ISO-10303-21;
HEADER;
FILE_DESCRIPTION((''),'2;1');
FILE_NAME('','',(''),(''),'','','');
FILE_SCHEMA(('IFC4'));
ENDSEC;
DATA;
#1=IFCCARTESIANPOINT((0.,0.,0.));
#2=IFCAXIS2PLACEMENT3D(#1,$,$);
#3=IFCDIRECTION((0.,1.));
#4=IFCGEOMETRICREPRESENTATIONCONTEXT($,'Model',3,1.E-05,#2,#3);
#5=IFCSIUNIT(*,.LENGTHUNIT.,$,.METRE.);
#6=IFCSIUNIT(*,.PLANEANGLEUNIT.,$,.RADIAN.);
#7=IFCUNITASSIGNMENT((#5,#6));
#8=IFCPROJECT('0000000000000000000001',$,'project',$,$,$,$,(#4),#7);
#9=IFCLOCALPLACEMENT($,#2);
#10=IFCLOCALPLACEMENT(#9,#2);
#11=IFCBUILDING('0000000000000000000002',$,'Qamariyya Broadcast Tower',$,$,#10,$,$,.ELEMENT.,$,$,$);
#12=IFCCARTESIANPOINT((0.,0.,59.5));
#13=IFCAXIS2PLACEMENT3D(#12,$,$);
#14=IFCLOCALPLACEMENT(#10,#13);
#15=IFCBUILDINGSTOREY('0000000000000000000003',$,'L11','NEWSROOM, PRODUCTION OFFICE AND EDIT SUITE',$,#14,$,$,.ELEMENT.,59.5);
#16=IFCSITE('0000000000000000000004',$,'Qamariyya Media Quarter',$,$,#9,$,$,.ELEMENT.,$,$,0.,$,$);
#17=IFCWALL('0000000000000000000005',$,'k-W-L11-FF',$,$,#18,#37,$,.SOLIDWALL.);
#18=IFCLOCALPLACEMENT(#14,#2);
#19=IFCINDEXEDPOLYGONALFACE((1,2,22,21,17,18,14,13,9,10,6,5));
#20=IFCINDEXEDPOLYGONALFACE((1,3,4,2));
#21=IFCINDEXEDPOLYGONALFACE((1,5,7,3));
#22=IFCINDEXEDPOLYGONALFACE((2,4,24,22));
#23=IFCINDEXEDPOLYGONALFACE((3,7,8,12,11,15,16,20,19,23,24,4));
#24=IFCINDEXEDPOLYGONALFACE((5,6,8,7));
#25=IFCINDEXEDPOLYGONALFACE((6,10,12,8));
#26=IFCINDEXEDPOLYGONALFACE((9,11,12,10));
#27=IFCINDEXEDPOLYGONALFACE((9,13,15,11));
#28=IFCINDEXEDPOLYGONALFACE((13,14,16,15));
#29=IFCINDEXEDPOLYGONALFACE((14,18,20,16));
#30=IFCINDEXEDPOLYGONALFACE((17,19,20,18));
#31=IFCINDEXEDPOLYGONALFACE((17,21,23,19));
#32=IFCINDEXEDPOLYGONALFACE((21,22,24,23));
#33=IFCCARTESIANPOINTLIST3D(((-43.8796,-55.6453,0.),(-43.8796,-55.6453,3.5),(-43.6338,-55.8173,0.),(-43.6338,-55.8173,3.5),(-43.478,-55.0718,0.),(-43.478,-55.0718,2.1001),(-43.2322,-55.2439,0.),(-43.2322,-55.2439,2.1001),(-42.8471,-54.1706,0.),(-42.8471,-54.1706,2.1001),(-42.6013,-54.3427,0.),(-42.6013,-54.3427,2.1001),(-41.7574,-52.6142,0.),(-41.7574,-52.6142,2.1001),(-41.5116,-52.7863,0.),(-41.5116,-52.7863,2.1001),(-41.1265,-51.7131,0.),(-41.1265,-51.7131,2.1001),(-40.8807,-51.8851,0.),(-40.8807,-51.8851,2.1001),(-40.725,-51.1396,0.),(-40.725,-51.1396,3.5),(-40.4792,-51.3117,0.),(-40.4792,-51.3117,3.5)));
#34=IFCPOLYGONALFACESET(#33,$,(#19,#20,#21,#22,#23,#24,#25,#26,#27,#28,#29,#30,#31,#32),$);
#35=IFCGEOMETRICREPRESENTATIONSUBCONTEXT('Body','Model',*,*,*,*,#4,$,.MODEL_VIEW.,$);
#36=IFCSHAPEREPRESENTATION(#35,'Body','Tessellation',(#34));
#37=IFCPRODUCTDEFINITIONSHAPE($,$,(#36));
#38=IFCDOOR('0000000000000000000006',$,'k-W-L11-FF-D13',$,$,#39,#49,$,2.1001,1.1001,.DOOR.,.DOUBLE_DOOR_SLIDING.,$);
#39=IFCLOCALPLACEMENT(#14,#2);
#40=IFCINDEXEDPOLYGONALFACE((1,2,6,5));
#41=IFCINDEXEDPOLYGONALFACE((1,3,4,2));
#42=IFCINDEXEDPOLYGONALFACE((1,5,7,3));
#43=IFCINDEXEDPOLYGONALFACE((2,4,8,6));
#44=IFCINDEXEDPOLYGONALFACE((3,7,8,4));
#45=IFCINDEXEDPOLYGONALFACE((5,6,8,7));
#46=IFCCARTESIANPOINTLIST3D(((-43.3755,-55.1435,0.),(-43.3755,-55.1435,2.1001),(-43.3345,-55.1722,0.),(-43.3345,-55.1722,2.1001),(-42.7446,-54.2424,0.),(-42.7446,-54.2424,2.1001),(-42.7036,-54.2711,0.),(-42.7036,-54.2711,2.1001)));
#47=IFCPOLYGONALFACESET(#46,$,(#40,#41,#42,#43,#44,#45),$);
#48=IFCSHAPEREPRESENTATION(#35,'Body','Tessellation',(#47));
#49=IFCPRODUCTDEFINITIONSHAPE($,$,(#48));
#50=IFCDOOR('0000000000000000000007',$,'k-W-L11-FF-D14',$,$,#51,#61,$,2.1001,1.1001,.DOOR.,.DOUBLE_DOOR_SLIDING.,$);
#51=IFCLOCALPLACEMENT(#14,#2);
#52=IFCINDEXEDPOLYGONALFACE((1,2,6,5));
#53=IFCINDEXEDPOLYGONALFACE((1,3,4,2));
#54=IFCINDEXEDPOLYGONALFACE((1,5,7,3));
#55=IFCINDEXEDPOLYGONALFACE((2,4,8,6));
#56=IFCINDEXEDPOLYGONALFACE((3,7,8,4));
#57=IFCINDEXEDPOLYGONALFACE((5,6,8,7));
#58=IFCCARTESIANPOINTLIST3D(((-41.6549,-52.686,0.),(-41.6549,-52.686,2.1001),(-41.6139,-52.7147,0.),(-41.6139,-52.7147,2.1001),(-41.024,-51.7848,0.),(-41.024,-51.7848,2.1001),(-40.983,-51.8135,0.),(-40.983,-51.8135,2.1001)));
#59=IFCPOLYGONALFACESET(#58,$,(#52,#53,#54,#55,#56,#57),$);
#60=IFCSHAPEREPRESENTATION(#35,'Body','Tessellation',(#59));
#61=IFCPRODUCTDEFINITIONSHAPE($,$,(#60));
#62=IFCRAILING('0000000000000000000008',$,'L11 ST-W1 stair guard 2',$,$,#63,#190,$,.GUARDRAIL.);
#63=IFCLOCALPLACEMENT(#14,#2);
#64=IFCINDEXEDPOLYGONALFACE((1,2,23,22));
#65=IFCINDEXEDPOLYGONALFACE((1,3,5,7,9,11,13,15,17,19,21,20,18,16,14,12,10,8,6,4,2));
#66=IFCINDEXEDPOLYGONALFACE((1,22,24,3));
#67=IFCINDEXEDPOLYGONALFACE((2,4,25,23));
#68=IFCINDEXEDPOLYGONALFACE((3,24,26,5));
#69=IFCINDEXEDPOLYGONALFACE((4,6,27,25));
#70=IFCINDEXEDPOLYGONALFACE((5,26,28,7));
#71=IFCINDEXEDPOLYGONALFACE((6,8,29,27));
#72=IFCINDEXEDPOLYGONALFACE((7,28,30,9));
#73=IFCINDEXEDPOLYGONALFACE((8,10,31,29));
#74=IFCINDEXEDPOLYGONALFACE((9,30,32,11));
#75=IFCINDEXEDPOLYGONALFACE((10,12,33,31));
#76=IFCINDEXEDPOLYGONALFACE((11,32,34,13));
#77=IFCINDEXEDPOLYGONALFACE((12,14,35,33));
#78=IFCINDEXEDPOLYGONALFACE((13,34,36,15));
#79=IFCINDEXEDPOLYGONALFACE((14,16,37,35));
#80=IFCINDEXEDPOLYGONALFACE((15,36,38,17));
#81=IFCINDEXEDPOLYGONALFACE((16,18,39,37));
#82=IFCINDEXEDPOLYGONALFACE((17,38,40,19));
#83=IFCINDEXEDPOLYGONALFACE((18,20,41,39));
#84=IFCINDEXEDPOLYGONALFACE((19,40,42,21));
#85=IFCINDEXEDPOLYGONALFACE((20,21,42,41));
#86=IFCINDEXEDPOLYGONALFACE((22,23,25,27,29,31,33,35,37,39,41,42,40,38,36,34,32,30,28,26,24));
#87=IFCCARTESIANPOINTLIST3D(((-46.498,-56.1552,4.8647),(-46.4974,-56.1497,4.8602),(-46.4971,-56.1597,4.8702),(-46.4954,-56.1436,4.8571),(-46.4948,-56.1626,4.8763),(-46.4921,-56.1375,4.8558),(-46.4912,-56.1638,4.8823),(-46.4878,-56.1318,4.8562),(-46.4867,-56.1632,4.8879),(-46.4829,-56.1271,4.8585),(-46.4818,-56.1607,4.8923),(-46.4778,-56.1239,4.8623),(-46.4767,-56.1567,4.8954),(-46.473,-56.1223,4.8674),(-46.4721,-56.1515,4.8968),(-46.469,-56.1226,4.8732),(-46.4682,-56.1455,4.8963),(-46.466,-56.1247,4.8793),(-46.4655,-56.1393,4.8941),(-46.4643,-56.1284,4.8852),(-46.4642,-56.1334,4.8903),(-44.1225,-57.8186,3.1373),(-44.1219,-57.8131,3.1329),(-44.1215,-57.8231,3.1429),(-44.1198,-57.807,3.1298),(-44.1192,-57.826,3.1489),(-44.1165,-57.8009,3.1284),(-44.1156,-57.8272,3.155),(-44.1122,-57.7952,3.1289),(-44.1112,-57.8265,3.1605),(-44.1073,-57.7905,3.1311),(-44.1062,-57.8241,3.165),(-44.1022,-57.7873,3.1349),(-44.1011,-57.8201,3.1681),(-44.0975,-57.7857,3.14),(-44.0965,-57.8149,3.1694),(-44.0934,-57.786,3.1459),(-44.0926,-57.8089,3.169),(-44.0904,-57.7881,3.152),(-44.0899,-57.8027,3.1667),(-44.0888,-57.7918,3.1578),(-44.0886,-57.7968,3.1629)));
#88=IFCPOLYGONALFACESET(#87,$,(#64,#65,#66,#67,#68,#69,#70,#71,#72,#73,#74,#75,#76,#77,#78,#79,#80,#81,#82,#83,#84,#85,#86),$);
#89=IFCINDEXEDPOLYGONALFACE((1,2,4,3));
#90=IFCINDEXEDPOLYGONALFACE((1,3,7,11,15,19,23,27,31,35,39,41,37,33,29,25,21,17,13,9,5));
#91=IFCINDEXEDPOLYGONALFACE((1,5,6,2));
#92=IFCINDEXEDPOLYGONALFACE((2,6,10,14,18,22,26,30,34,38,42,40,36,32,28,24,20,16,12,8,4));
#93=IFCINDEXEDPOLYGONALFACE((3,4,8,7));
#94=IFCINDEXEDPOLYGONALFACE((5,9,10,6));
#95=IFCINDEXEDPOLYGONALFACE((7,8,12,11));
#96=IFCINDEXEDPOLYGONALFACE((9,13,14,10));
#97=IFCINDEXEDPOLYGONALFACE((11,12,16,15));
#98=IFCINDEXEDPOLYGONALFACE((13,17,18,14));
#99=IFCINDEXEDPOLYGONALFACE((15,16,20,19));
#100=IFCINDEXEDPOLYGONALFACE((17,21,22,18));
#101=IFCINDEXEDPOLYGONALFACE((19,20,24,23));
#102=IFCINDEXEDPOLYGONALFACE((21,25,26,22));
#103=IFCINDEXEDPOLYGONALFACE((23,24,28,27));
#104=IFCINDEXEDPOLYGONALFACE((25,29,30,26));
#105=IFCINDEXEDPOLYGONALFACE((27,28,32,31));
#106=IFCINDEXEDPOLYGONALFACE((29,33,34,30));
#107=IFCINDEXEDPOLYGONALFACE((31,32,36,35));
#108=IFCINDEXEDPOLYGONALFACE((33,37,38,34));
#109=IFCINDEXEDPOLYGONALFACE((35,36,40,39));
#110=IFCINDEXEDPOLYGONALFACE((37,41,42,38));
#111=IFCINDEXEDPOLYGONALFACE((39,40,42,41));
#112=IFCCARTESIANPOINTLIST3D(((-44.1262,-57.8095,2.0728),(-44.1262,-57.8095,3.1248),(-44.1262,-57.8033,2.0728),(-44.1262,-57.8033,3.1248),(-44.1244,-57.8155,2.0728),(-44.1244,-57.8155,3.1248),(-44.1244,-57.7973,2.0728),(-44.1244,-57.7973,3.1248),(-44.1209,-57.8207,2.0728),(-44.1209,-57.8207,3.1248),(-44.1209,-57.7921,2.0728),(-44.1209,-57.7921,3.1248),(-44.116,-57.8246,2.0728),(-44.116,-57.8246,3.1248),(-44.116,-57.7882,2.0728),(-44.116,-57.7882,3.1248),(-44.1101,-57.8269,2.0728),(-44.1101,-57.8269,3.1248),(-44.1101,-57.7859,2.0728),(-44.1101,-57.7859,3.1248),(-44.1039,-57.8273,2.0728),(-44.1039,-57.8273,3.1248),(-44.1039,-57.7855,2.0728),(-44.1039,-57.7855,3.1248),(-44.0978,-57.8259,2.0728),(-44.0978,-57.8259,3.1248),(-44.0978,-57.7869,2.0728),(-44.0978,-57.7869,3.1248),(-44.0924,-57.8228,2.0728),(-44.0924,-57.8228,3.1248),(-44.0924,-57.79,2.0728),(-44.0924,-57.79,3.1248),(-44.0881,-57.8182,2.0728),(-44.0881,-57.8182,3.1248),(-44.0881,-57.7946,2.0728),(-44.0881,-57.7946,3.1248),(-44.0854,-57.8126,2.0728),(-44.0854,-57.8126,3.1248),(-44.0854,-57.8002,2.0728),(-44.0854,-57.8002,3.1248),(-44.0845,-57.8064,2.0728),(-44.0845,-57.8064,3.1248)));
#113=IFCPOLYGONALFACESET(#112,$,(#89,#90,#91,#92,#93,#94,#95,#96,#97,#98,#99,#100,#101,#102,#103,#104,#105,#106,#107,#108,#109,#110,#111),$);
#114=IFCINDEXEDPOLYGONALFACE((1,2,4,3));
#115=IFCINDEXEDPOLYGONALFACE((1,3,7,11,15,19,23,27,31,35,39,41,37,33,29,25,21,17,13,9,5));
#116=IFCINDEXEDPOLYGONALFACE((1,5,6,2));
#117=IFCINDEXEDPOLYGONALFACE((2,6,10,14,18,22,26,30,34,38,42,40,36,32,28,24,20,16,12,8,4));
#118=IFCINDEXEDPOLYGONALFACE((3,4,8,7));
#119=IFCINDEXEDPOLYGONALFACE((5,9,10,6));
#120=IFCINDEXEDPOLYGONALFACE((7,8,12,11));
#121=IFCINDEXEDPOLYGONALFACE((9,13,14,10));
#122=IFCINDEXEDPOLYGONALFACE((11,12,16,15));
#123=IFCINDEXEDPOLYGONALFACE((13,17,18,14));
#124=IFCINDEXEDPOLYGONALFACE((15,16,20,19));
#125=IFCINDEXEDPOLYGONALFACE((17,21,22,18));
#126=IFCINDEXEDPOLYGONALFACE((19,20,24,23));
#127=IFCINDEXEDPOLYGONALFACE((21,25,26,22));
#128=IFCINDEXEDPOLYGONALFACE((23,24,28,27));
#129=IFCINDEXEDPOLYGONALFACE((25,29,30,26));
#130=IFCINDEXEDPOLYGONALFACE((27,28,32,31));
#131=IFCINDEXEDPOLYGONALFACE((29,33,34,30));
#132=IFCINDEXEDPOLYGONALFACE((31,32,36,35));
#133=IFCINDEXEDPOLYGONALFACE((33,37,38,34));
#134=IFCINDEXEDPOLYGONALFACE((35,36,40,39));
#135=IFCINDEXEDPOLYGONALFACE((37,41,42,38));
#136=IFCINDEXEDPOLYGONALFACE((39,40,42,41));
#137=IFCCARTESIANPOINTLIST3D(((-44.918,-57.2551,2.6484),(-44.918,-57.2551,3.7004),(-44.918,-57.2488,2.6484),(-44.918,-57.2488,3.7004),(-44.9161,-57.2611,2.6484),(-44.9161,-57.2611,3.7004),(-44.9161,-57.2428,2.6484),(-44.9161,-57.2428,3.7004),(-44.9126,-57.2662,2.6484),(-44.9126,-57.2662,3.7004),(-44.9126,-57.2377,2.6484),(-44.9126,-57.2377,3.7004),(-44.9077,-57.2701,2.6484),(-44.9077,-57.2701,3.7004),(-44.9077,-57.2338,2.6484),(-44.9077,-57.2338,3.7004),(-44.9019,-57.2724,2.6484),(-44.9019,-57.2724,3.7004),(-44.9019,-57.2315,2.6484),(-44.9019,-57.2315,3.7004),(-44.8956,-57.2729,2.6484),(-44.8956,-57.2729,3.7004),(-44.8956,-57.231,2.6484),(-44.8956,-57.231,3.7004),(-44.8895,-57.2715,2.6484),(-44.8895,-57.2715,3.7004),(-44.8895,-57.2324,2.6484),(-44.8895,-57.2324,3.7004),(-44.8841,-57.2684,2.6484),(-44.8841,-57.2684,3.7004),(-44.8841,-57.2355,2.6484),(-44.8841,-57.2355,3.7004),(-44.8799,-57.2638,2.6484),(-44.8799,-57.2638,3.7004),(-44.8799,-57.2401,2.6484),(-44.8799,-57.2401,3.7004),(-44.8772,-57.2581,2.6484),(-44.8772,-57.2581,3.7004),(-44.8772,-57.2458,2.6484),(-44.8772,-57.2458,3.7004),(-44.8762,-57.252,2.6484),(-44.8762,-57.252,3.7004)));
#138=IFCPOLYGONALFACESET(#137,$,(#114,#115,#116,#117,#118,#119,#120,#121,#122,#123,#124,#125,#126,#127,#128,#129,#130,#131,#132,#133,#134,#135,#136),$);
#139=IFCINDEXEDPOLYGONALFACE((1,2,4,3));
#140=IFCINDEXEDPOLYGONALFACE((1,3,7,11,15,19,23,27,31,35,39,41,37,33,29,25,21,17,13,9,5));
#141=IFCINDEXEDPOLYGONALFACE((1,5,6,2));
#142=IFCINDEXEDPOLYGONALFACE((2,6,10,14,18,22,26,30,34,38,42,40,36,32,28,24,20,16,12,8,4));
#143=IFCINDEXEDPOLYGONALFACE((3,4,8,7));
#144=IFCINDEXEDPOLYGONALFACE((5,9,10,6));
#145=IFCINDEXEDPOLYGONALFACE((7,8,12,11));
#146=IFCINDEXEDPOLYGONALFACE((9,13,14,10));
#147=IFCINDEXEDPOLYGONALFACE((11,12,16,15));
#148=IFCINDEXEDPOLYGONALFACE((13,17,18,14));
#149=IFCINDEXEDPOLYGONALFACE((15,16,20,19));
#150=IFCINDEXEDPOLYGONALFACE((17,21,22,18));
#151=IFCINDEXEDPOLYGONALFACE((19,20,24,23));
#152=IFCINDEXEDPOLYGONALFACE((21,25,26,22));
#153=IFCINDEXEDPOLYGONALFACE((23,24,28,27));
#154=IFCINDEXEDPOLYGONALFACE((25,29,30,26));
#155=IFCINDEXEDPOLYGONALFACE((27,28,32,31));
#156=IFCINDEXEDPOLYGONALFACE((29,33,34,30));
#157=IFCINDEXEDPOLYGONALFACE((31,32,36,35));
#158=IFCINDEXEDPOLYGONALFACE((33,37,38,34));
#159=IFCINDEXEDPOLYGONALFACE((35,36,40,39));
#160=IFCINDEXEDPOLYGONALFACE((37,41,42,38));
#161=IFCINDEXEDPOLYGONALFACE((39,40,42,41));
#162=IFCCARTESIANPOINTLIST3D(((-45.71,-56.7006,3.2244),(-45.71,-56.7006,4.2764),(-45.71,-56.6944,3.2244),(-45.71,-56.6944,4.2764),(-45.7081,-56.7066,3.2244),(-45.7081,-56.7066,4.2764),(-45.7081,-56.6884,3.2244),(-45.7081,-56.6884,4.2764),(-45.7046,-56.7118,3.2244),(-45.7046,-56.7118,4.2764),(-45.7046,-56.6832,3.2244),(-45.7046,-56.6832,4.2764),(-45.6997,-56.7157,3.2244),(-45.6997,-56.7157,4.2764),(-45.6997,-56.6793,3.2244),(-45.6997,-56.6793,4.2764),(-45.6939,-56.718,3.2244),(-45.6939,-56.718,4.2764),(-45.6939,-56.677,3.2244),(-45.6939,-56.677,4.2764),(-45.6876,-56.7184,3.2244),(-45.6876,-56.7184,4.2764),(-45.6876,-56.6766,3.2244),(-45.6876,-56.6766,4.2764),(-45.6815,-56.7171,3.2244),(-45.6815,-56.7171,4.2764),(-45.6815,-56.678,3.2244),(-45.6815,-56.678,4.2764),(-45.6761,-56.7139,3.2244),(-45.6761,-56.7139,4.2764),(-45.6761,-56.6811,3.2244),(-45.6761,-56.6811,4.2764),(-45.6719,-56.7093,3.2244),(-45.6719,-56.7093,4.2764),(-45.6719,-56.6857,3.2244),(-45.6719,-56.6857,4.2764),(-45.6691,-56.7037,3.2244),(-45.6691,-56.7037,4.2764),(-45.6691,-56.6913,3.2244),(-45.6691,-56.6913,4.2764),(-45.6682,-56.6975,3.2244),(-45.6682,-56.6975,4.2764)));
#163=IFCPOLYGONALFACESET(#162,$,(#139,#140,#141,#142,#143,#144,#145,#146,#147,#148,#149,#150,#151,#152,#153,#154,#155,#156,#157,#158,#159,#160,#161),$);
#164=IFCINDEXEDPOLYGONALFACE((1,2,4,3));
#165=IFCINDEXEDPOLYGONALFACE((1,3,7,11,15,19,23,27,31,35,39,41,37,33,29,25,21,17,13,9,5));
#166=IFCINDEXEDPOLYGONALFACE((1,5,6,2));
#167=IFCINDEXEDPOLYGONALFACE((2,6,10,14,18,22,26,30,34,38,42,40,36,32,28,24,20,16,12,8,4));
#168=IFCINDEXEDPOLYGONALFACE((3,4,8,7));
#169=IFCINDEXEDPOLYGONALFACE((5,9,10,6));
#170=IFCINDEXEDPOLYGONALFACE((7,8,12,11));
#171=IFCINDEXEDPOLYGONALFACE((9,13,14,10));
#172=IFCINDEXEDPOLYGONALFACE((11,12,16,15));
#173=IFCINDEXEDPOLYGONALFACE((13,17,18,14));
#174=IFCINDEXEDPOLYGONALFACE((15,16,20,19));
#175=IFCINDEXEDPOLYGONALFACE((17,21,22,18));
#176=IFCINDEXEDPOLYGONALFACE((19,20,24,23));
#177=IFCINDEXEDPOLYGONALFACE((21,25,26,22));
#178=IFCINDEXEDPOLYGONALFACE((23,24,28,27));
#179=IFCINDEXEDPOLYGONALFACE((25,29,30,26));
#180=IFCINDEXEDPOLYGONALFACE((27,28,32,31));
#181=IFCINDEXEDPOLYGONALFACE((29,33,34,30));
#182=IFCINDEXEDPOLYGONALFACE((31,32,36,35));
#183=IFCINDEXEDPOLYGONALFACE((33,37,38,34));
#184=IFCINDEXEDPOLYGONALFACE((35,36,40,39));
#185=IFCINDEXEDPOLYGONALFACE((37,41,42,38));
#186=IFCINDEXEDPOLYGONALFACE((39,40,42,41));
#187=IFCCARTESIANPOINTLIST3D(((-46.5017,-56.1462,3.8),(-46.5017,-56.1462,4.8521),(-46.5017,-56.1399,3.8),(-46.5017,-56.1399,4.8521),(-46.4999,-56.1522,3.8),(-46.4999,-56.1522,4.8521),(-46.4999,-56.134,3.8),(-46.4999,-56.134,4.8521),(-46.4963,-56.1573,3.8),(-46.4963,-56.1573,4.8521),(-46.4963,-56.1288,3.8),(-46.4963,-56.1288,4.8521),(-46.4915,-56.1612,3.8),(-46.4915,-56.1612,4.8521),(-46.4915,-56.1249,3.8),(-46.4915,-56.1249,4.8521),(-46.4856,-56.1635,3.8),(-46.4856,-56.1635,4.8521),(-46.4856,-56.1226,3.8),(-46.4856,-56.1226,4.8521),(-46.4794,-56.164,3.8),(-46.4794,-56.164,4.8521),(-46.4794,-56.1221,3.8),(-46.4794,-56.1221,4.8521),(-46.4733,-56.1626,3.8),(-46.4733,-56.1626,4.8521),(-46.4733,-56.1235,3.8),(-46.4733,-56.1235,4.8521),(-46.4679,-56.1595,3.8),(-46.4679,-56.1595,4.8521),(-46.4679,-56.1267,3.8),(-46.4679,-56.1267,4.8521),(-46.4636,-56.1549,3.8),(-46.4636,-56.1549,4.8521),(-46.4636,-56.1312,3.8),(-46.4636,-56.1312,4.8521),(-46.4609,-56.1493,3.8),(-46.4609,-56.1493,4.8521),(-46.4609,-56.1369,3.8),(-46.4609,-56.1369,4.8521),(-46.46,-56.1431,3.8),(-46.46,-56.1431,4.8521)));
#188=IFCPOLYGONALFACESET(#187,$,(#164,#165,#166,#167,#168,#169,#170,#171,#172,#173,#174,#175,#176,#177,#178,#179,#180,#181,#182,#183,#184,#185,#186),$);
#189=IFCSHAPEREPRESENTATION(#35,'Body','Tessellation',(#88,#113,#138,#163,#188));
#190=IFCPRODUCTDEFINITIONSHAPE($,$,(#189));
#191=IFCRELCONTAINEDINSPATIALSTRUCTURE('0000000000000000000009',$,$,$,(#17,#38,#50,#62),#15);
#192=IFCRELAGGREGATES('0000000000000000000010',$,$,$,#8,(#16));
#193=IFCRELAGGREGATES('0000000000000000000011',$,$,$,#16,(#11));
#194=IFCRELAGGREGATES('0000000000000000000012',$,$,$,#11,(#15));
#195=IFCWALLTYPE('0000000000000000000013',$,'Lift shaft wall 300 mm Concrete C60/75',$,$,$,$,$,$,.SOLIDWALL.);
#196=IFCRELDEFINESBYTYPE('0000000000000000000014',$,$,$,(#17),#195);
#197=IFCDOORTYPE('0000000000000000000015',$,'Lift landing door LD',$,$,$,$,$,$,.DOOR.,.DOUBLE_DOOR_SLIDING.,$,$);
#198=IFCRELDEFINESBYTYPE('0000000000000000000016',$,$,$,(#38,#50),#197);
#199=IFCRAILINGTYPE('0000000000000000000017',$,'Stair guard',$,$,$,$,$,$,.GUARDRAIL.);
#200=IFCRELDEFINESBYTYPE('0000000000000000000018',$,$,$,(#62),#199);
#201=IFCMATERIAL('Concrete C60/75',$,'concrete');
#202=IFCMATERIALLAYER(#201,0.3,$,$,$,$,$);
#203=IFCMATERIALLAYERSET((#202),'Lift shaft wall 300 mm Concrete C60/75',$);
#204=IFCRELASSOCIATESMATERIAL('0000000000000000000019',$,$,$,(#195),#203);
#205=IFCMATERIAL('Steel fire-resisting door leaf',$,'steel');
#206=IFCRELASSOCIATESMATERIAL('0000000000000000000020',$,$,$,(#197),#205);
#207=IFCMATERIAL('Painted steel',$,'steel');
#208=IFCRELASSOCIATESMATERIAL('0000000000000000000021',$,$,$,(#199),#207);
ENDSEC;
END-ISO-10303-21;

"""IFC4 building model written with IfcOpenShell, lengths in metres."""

from ifc_helpers import new_model, si_unit, direction, frame, frame_2d, origin, origin_2d, place, context, subcontext, project, spatial, rectangle, circle, extrude, material, layer, layer_set, type_object, element, fill, save


model = new_model("IFC4")

# Units and contexts
model_context = context("Model", 3, precision=1e-05, world=origin(), true_north=direction((0.0, 1.0)))
body_context = subcontext(model_context, "Body", "Model", "MODEL_VIEW")
ifc_project = project(units=[si_unit("LENGTHUNIT", "METRE"), si_unit("PLANEANGLEUNIT", "RADIAN")], contexts=[model_context])

# Site, building, storey
site_placement = place(None, origin())
site = spatial("IfcSite", under=ifc_project, at=site_placement, Name="Qamariyya Media Quarter", CompositionType="ELEMENT", RefElevation=0.0)
building_placement = place(site_placement, origin())
building = spatial("IfcBuilding", under=site, at=building_placement, Name="Qamariyya Broadcast Tower", CompositionType="ELEMENT")
storey_placement = place(building_placement, frame((0.0, 0.0, 59.5)))
storey = spatial("IfcBuildingStorey", under=building, at=storey_placement, Name="L11", Description="NEWSROOM, PRODUCTION OFFICE AND EDIT SUITE", CompositionType="ELEMENT", Elevation=59.5)

# Shared definitions
ifc_material_1 = material(Name="Steel fire-resisting door leaf", Category="steel")

# Shared definitions
ifc_material_2 = material(Name="Concrete C60/75", Category="concrete")
ifc_layer_1 = layer(ifc_material_2, 0.3)
ifc_layer_set_1 = layer_set([ifc_layer_1], Name="Lift shaft wall 300 mm Concrete C60/75")
wall_type_1 = type_object("IfcWallType", Name="Lift shaft wall 300 mm Concrete C60/75", PredefinedType="SOLIDWALL", material=ifc_layer_set_1)

# Wall, openings, doors
wall_1_placement = place(storey_placement, frame((-43.7566, -55.7312, 0.0), z_axis=(0.0, 0.0, 1.0), x_axis=(0.573537, 0.81918, 0.0)))
wall_1 = element("IfcWall", 1, at=wall_1_placement, inside=storey, type_object=wall_type_1, Name="k-W-L11-FF", PredefinedType="SOLIDWALL", context=body_context, shape_type="SweptSolid", body=[
    extrude(rectangle(XDim=5.5002, YDim=0.3, at=frame_2d((2.75, 0.0))), origin(), (0.0, 0.0, 1.0), 3.5),
])
opening_1_placement = place(wall_1_placement, frame((0.7, 0.0, 0.0)))
opening_1 = element("IfcOpeningElement", 2, at=opening_1_placement, cuts=wall_1, PredefinedType="OPENING", context=body_context, shape_type="SweptSolid", body=[
    extrude(rectangle(XDim=1.1001, YDim=2.1001, at=frame_2d((0.55, 1.05))), frame((0.0, 0.1599, 0.0), z_axis=(0.0, -1.0, 0.0), x_axis=(1.0, 0.0, 0.0)), (0.0, 0.0, 1.0), 0.3201),
])
opening_2_placement = place(wall_1_placement, frame((3.7, 0.0, 0.0)))
opening_2 = element("IfcOpeningElement", 3, at=opening_2_placement, cuts=wall_1, PredefinedType="OPENING", context=body_context, shape_type="SweptSolid", body=[
    extrude(rectangle(XDim=1.1001, YDim=2.1001, at=frame_2d((0.55, 1.05))), frame((0.0, 0.1599, 0.0), z_axis=(0.0, -1.0, 0.0), x_axis=(1.0, 0.0, 0.0)), (0.0, 0.0, 1.0), 0.3201),
])
door_type_1 = type_object("IfcDoorType", Name="Lift landing door LD", OperationType="DOUBLE_DOOR_SLIDING", PredefinedType="DOOR", material=ifc_material_1)
door_1_placement = place(opening_1_placement, origin())
door_1 = element("IfcDoor", 4, at=door_1_placement, inside=storey, type_object=door_type_1, Name="k-W-L11-FF-D13", OperationType="DOUBLE_DOOR_SLIDING", OverallHeight=2.1001, OverallWidth=1.1001, PredefinedType="DOOR", context=body_context, shape_type="SweptSolid", body=[
    extrude(rectangle(XDim=1.1001, YDim=2.1001, at=frame_2d((0.55, 1.05))), frame((0.0, 0.0249, 0.0), z_axis=(0.0, -1.0, 0.0), x_axis=(1.0, 0.0, 0.0)), (0.0, 0.0, 1.0), 0.05),
])
fill(opening_1, door_1)
door_2_placement = place(opening_2_placement, origin())
door_2 = element("IfcDoor", 5, at=door_2_placement, inside=storey, type_object=door_type_1, Name="k-W-L11-FF-D14", OperationType="DOUBLE_DOOR_SLIDING", OverallHeight=2.1001, OverallWidth=1.1001, PredefinedType="DOOR", context=body_context, shape_type="SweptSolid", body=[
    extrude(rectangle(XDim=1.1001, YDim=2.1001, at=frame_2d((0.55, 1.05))), frame((0.0, 0.0249, 0.0), z_axis=(0.0, -1.0, 0.0), x_axis=(1.0, 0.0, 0.0)), (0.0, 0.0, 1.0), 0.05),
])
fill(opening_2, door_2)

# Railing
ifc_material_3 = material(Name="Painted steel", Category="steel")
railing_type_1 = type_object("IfcRailingType", Name="Stair guard", PredefinedType="GUARDRAIL", material=ifc_material_3)
railing_1_placement = place(storey_placement, frame((-44.1055, -57.8064, 2.0728)))
element("IfcRailing", 6, at=railing_1_placement, inside=storey, type_object=railing_type_1, Name="L11 ST-W1 stair guard 2", PredefinedType="GUARDRAIL", context=body_context, shape_type="SweptSolid", body=[
    extrude(circle(Radius=0.0239, at=origin_2d()), frame((0.0, 0.0, 1.0762), z_axis=(-0.70377, 0.492784, 0.511734), x_axis=(-0.573575, -0.819153, 0.0)), (0.0, 0.0, 1.0), 3.3755),
    extrude(circle(Radius=0.021, at=origin_2d()), origin(), (0.0, 0.0, 1.0), 1.052),
    extrude(circle(Radius=0.021, at=origin_2d()), frame((-0.7917, 0.5544, 0.5757)), (0.0, 0.0, 1.0), 1.052),
    extrude(circle(Radius=0.021, at=origin_2d()), frame((-1.5837, 1.1089, 1.1516)), (0.0, 0.0, 1.0), 1.052),
    extrude(circle(Radius=0.021, at=origin_2d()), frame((-2.3755, 1.6633, 1.7273)), (0.0, 0.0, 1.0), 1.052),
])

save(model, "model.ifc")
